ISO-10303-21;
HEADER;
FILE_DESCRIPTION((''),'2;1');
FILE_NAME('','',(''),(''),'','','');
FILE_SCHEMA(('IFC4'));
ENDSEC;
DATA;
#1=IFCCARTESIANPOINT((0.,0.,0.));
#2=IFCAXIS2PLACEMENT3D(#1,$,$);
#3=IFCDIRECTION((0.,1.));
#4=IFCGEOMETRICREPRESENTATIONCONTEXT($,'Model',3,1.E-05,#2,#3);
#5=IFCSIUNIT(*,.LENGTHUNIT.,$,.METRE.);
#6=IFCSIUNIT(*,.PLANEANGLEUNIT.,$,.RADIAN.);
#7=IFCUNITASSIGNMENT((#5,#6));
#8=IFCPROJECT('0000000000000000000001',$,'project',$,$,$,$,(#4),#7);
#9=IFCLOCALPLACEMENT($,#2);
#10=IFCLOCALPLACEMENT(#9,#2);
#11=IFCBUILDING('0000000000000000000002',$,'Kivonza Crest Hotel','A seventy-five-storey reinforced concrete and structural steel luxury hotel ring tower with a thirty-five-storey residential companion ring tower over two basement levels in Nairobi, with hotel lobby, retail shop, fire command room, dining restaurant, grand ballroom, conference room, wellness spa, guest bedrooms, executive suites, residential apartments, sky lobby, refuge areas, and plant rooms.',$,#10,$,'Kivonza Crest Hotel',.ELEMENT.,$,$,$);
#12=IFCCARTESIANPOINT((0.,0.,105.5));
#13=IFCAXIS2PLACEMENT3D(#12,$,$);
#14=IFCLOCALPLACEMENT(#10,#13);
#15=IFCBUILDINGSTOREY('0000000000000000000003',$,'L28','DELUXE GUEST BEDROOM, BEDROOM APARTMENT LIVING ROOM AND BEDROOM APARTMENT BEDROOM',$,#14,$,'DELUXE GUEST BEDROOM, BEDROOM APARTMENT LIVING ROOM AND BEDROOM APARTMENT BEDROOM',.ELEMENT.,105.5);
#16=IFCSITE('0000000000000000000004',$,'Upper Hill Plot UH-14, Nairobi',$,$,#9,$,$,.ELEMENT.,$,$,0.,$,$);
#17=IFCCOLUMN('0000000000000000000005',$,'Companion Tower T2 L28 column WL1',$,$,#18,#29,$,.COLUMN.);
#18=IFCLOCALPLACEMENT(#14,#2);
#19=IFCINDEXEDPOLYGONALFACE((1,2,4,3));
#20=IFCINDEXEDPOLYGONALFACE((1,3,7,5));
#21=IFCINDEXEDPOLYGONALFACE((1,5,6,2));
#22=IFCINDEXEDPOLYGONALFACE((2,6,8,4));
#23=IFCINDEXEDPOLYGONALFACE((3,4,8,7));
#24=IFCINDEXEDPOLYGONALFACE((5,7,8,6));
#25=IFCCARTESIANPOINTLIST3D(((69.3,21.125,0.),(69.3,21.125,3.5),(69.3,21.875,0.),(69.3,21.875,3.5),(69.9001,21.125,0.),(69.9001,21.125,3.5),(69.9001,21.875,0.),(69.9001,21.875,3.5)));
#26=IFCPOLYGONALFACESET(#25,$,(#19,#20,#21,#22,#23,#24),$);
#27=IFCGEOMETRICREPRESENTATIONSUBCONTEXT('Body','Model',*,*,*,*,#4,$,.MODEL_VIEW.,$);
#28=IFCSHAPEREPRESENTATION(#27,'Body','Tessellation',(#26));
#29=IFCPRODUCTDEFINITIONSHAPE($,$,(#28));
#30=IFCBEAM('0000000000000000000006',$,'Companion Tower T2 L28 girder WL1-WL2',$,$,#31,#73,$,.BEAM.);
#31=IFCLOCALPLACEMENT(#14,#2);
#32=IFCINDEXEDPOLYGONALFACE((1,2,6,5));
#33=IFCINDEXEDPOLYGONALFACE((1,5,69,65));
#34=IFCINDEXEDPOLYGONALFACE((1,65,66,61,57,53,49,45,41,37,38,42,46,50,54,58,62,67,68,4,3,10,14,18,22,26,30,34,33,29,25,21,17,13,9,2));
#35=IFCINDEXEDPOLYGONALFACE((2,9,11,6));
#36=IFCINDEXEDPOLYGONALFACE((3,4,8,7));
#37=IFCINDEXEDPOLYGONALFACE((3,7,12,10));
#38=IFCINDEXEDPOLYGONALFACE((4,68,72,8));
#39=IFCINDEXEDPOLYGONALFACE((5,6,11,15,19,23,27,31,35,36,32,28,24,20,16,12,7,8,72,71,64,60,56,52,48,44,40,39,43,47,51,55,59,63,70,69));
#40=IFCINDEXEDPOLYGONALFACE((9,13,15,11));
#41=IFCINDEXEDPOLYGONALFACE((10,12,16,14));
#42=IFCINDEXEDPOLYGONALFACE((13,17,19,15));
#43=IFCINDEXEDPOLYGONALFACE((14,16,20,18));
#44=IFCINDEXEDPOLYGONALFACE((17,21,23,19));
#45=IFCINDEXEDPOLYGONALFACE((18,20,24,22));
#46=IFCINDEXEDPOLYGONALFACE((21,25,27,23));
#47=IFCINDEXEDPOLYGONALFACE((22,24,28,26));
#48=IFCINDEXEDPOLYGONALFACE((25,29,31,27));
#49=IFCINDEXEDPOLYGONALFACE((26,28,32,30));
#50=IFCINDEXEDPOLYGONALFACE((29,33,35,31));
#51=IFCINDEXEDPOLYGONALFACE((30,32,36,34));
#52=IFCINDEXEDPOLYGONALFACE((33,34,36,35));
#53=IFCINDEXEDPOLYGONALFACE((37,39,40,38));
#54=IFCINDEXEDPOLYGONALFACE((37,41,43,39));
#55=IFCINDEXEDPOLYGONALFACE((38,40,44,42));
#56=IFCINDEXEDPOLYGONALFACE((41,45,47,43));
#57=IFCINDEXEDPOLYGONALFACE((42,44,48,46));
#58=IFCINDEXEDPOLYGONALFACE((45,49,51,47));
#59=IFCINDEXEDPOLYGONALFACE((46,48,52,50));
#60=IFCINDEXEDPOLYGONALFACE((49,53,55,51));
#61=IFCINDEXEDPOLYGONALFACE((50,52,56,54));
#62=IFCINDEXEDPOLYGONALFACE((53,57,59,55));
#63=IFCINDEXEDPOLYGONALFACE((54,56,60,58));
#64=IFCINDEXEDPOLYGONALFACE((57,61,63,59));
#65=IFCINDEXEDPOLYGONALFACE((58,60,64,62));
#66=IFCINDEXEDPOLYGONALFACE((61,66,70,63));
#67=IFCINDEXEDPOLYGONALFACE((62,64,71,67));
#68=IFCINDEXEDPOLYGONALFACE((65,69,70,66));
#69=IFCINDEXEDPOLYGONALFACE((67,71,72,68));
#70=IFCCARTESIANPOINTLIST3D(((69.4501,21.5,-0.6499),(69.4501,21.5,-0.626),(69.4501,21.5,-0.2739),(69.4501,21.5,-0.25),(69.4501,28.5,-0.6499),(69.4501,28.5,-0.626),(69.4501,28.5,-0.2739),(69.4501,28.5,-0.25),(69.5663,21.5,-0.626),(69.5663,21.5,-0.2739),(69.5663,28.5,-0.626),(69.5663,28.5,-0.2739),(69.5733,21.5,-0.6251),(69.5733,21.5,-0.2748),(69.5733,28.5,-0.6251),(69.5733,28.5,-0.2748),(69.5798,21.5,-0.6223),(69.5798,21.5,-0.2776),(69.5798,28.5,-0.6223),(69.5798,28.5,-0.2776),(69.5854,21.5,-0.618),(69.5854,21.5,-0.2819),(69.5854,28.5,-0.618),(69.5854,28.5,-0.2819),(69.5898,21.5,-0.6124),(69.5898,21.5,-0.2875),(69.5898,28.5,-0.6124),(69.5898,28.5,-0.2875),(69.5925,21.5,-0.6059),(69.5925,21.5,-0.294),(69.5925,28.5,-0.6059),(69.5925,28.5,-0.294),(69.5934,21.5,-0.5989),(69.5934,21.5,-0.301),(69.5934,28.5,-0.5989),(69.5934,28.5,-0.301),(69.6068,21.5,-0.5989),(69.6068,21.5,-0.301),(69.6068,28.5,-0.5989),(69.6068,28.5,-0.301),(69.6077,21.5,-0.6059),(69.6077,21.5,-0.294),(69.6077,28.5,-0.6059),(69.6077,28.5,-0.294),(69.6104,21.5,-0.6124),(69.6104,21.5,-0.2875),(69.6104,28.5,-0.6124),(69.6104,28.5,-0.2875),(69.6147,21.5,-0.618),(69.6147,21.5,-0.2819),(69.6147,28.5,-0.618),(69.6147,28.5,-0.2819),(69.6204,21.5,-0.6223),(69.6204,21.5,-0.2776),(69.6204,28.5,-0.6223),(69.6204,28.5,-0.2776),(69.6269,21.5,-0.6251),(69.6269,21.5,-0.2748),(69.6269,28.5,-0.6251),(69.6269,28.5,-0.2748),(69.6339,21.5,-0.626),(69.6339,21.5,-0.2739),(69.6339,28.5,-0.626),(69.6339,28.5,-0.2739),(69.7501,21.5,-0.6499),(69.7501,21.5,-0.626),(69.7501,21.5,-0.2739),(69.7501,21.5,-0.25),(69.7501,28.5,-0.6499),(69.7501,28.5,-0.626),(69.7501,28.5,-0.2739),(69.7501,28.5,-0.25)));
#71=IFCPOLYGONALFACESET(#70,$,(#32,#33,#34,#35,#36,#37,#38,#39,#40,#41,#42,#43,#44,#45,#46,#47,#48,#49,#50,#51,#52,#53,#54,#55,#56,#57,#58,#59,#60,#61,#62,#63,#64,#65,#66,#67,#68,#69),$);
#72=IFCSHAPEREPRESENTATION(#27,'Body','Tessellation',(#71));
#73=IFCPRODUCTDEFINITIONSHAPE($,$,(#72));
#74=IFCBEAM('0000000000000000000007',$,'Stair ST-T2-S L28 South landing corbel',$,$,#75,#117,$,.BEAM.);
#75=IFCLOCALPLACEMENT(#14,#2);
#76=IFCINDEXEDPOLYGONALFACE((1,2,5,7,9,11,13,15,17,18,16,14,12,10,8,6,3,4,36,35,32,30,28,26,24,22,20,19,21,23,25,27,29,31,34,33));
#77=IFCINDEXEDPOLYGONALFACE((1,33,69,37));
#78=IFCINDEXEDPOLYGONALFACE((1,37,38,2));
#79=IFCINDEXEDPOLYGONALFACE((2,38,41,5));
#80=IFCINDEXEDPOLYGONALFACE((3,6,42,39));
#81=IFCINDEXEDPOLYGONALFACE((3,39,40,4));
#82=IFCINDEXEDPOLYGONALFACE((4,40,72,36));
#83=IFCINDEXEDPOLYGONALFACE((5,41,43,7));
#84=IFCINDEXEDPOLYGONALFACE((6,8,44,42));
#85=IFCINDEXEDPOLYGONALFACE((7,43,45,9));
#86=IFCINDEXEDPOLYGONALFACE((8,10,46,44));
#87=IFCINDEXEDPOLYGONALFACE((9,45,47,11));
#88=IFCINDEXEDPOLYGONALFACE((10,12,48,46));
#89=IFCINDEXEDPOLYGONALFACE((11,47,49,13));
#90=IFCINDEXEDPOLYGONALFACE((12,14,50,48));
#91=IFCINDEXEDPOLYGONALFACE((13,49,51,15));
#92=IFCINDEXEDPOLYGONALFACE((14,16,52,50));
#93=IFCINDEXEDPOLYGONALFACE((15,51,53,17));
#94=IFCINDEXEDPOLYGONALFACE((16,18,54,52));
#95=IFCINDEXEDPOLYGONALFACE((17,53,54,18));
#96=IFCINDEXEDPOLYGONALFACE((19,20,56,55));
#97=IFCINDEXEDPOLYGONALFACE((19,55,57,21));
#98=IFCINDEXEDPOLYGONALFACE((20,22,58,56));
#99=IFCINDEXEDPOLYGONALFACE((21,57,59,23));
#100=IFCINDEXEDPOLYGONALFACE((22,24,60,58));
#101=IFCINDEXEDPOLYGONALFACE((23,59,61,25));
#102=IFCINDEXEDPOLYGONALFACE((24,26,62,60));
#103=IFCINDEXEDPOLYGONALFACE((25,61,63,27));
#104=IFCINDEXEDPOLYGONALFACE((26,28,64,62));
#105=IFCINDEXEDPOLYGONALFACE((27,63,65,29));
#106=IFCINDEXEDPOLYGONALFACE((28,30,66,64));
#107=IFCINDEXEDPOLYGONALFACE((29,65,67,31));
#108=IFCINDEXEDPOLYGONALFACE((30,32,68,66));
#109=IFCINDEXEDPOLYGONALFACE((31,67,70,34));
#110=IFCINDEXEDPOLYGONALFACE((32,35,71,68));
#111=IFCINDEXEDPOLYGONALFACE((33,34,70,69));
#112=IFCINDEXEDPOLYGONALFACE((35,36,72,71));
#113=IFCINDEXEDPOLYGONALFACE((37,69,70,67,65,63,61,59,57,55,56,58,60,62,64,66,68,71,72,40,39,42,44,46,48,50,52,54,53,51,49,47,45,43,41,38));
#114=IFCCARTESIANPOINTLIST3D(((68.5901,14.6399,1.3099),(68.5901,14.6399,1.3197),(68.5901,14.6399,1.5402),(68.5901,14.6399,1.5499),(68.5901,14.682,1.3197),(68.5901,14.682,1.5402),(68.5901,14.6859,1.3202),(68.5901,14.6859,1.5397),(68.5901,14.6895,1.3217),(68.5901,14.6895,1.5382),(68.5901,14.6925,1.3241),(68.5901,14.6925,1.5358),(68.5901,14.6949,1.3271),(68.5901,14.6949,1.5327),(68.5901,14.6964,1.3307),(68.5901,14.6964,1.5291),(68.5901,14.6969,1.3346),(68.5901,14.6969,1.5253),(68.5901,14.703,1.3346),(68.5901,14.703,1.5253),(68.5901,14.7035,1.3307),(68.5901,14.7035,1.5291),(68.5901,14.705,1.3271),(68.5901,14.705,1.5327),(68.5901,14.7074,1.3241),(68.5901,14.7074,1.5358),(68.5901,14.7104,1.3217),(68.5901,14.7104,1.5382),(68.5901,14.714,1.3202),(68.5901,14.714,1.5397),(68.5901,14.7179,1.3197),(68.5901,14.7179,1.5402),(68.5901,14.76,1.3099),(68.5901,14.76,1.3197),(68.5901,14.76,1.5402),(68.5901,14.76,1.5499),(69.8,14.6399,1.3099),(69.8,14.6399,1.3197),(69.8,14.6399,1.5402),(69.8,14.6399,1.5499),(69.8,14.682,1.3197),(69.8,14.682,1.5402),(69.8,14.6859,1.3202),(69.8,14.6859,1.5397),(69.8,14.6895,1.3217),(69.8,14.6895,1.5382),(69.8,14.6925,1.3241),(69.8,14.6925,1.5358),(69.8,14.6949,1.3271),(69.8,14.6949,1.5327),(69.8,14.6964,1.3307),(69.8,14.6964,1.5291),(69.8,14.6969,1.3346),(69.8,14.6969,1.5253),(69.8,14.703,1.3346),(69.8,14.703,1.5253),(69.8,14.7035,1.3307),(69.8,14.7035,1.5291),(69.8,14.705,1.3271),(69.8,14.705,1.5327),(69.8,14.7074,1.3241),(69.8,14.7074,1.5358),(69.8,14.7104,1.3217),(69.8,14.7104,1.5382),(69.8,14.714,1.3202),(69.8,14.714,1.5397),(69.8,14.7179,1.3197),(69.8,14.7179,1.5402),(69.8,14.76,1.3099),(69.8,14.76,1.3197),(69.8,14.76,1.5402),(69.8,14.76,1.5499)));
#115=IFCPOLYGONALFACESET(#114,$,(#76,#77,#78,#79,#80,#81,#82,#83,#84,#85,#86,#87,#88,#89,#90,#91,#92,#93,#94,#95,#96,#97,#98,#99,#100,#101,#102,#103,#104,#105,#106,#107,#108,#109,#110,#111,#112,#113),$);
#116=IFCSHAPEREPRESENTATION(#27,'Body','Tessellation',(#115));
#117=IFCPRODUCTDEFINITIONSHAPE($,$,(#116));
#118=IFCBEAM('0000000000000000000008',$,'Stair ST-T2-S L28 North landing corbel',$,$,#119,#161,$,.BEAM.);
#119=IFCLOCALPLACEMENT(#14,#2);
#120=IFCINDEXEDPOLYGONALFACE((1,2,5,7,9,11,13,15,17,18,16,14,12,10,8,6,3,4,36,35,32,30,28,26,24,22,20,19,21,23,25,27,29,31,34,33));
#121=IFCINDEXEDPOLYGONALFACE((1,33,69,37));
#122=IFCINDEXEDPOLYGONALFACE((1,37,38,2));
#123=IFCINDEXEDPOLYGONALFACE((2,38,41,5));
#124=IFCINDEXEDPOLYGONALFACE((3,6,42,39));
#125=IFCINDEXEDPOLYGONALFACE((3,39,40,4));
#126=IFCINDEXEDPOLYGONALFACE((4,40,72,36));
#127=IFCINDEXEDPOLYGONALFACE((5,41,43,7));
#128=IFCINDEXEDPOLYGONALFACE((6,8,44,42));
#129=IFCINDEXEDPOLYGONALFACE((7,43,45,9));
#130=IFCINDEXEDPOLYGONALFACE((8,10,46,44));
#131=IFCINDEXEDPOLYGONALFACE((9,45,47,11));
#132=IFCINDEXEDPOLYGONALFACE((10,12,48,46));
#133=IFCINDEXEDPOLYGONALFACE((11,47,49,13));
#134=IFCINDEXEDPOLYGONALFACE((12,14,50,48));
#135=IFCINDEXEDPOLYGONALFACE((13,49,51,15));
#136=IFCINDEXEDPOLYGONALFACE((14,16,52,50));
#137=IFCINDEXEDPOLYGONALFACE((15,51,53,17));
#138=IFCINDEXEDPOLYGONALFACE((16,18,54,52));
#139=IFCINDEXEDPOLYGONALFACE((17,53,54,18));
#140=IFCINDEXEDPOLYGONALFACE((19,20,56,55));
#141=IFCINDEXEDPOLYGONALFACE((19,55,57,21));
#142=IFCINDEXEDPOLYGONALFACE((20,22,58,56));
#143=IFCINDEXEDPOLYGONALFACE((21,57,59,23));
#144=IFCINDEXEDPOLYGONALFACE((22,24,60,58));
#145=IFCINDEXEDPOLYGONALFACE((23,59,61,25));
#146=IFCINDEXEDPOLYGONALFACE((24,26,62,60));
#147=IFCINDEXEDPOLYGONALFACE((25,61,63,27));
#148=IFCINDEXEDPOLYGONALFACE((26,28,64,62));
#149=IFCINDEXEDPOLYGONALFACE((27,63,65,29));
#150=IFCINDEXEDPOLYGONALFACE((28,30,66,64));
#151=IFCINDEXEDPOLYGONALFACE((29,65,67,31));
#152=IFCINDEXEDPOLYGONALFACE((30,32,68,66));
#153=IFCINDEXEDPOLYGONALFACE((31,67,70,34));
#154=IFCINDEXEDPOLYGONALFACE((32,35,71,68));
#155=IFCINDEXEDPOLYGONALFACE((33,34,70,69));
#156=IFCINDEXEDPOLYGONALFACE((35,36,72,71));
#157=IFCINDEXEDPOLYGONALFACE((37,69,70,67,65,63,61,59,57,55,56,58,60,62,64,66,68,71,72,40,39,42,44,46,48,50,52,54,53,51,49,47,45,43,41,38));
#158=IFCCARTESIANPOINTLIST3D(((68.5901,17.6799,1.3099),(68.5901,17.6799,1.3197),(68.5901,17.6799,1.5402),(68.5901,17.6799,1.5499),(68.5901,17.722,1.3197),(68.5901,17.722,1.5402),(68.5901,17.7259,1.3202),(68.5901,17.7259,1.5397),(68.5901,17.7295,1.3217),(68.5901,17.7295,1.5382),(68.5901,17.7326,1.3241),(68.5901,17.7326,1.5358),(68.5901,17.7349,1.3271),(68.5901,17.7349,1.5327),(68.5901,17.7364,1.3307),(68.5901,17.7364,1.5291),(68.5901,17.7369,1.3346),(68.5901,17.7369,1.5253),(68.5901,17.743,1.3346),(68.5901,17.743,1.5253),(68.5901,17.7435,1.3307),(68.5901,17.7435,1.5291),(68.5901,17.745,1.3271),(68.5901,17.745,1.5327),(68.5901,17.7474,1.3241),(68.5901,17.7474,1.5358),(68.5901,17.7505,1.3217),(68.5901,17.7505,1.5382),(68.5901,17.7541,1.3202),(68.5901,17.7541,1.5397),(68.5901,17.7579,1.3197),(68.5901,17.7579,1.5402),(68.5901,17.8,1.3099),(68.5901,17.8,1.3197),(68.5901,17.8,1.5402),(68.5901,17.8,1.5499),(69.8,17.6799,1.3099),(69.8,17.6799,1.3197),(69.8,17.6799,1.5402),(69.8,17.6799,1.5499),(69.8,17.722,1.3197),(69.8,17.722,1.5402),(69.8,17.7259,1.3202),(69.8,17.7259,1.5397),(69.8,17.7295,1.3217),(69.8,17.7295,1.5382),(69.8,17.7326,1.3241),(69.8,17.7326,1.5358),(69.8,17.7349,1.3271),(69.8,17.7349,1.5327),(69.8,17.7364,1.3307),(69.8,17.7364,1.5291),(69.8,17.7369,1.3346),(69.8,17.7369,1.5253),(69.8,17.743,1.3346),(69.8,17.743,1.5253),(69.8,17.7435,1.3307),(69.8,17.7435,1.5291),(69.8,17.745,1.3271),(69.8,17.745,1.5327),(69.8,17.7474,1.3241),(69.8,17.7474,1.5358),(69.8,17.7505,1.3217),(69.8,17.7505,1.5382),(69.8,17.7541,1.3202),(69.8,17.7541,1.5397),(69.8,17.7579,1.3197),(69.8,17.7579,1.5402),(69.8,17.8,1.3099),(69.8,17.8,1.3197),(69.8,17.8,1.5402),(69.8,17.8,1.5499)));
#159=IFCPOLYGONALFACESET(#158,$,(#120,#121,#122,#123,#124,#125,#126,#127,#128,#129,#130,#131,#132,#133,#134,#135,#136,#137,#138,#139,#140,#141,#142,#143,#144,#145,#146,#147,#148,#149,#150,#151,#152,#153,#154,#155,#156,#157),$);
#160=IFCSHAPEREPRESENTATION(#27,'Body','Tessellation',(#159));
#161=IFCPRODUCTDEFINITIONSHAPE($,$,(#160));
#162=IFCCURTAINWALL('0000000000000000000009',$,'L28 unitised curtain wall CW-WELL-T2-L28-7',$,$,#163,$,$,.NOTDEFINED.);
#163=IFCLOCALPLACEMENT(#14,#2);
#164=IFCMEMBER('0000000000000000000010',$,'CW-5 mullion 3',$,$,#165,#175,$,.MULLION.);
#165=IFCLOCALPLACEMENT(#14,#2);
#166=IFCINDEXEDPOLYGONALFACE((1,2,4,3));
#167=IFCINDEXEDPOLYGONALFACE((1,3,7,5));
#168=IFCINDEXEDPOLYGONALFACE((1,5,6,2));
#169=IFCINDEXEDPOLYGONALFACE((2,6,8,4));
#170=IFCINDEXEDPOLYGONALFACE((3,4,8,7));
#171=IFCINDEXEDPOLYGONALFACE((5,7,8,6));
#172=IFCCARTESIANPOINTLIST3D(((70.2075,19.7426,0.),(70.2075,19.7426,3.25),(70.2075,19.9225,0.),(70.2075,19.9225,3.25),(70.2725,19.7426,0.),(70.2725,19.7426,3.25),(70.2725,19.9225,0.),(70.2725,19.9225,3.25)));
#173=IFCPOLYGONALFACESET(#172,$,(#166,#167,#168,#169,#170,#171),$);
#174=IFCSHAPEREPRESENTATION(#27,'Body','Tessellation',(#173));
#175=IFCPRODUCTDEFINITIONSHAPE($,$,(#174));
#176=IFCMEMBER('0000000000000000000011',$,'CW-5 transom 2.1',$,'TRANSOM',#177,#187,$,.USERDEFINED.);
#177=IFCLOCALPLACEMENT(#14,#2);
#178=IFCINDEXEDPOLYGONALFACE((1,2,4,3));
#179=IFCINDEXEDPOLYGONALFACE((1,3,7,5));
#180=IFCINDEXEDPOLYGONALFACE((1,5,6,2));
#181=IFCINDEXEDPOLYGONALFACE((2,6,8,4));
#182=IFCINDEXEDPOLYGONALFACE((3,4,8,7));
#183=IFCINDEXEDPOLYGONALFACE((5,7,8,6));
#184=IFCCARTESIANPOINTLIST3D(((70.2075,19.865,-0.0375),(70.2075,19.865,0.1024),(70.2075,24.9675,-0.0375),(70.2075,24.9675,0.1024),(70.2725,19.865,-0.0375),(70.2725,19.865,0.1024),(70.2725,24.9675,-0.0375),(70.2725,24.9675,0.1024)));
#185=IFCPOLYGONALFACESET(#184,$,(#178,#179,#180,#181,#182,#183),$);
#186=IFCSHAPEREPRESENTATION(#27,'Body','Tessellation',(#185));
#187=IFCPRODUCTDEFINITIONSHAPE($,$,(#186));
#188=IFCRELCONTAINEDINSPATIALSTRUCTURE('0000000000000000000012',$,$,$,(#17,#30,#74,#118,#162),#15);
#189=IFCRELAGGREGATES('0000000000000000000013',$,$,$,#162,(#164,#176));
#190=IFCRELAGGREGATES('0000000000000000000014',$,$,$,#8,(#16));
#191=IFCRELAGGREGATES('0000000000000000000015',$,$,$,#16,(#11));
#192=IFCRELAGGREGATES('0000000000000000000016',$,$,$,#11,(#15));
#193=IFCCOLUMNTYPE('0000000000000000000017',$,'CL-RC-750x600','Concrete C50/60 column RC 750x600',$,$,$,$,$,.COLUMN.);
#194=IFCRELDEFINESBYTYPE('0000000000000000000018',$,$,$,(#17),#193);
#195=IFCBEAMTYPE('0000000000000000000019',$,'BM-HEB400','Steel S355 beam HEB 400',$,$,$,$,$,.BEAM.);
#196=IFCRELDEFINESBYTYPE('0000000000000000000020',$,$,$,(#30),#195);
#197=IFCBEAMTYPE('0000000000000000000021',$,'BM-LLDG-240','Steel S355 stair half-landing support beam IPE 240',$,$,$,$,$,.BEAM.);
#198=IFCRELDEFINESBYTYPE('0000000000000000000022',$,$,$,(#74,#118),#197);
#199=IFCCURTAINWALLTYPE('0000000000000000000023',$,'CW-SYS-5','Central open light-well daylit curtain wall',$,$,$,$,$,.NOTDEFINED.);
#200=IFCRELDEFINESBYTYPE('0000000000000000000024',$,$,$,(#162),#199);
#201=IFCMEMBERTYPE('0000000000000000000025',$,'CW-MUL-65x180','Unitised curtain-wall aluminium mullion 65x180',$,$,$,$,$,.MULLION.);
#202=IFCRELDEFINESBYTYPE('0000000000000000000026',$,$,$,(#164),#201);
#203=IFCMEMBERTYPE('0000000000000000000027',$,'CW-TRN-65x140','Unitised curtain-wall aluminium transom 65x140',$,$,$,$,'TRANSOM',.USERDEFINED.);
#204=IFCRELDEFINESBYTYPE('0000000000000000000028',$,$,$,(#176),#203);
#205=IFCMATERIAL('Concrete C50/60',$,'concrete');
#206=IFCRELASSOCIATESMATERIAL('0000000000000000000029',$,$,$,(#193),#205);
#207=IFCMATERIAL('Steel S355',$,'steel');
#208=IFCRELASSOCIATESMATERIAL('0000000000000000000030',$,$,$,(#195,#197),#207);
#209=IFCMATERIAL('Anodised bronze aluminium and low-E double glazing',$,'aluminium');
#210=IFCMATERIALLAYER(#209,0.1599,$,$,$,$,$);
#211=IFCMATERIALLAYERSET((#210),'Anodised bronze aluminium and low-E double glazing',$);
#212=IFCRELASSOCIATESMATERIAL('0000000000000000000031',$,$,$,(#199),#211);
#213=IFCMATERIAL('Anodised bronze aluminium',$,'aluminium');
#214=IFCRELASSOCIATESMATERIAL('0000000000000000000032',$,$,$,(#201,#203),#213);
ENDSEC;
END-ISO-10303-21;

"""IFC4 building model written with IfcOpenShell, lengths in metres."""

from ifc_helpers import new_model, si_unit, direction, frame, origin, origin_2d, place, context, subcontext, project, spatial, rectangle, i_section, extrude, material, layer, layer_set, material_profile, profile_set, type_object, element, aggregate, save


model = new_model("IFC4")

# Units and contexts
model_context = context("Model", 3, precision=1e-05, world=origin(), true_north=direction((0.0, 1.0)))
body_context = subcontext(model_context, "Body", "Model", "MODEL_VIEW")
ifc_project = project(units=[si_unit("LENGTHUNIT", "METRE"), si_unit("PLANEANGLEUNIT", "RADIAN")], contexts=[model_context])

# Site, building, storey
site_placement = place(None, origin())
site = spatial("IfcSite", under=ifc_project, at=site_placement, Name="Upper Hill Plot UH-14, Nairobi", CompositionType="ELEMENT", RefElevation=0.0)
building_placement = place(site_placement, origin())
building = spatial("IfcBuilding", under=site, at=building_placement, Name="Kivonza Crest Hotel", Description="A seventy-five-storey reinforced concrete and structural steel luxury hotel ring tower with a thirty-five-storey residential companion ring tower over two basement levels in Nairobi, with hotel lobby, retail shop, fire command room, dining restaurant, grand ballroom, conference room, wellness spa, guest bedrooms, executive suites, residential apartments, sky lobby, refuge areas, and plant rooms.", LongName="Kivonza Crest Hotel", CompositionType="ELEMENT")
storey_placement = place(building_placement, frame((0.0, 0.0, 105.5)))
storey = spatial("IfcBuildingStorey", under=building, at=storey_placement, Name="L28", Description="DELUXE GUEST BEDROOM, BEDROOM APARTMENT LIVING ROOM AND BEDROOM APARTMENT BEDROOM", LongName="DELUXE GUEST BEDROOM, BEDROOM APARTMENT LIVING ROOM AND BEDROOM APARTMENT BEDROOM", CompositionType="ELEMENT", Elevation=105.5)

# Column
ifc_material_1 = material(Name="Concrete C50/60", Category="concrete")
ifc_material_profile_1 = material_profile(ifc_material_1, rectangle(XDim=0.6001, YDim=0.75, at=origin_2d()), Name="RC 750x600")
ifc_profile_set_1 = profile_set([ifc_material_profile_1], Name="Concrete C50/60")
column_type = type_object("IfcColumnType", Name="CL-RC-750x600", Description="Concrete C50/60 column RC 750x600", PredefinedType="COLUMN", material=ifc_profile_set_1)
column_placement = place(storey_placement, frame((69.6001, 21.5, 0.0), z_axis=(0.0, 0.0, 1.0), x_axis=(1.0, 0.0, 0.0)))
element("IfcColumn", 1, at=column_placement, inside=storey, type_object=column_type, Name="Companion Tower T2 L28 column WL1", PredefinedType="COLUMN", context=body_context, shape_type="SweptSolid", body=[
    extrude(rectangle(XDim=0.6001, YDim=0.75, at=origin_2d()), origin(), (0.0, 0.0, 1.0), 3.5),
])

# Beams
ifc_material_2 = material(Name="Steel S355", Category="steel")
ifc_material_profile_2 = material_profile(ifc_material_2, i_section(OverallWidth=0.3, OverallDepth=0.3999, WebThickness=0.0134, FlangeThickness=0.0239, FilletRadius=0.0271, at=origin_2d()), Name="HEB 400")
ifc_profile_set_2 = profile_set([ifc_material_profile_2], Name="Steel S355")
beam_type_1 = type_object("IfcBeamType", Name="BM-HEB400", Description="Steel S355 beam HEB 400", PredefinedType="BEAM", material=ifc_profile_set_2)
beam_placement = place(storey_placement, frame((69.6001, 21.5, -0.45), z_axis=(0.0, 1.0, 0.0), x_axis=(-1.0, 0.0, 0.0)))
element("IfcBeam", 2, at=beam_placement, inside=storey, type_object=beam_type_1, Name="Companion Tower T2 L28 girder WL1-WL2", PredefinedType="BEAM", context=body_context, shape_type="SweptSolid", body=[
    extrude(i_section(OverallWidth=0.3, OverallDepth=0.3999, WebThickness=0.0134, FlangeThickness=0.0239, FilletRadius=0.0271, at=origin_2d()), origin(), (0.0, 0.0, 1.0), 7.0),
])
ifc_material_profile_3 = material_profile(ifc_material_2, i_section(OverallWidth=0.1201, OverallDepth=0.24, WebThickness=0.0061, FlangeThickness=0.0098, FilletRadius=0.0149, at=origin_2d()), Name="IPE 240")
ifc_profile_set_3 = profile_set([ifc_material_profile_3], Name="Steel S355")
beam_type_2 = type_object("IfcBeamType", Name="BM-LLDG-240", Description="Steel S355 stair half-landing support beam IPE 240", PredefinedType="BEAM", material=ifc_profile_set_3)
for number, where, z_axis, x_axis, name in (
    (3, (68.5901, 14.7, 1.4299), (1.0, 0.0, 0.0), (0.0, 1.0, 0.0), "Stair ST-T2-S L28 South landing corbel"),
    (4, (68.5901, 17.74, 1.4299), (1.0, 0.0, 0.0), (0.0, 1.0, 0.0), "Stair ST-T2-S L28 North landing corbel"),
):
    element("IfcBeam", number, at=place(storey_placement, frame(where, z_axis=z_axis, x_axis=x_axis)), inside=storey, type_object=beam_type_2, Name=name, PredefinedType="BEAM", context=body_context, shape_type="SweptSolid", body=[
        extrude(i_section(OverallWidth=0.1201, OverallDepth=0.24, WebThickness=0.0061, FlangeThickness=0.0098, FilletRadius=0.0149, at=origin_2d()), origin(), (0.0, 0.0, 1.0), 1.21),
    ])

# Curtain wall, members
ifc_material_3 = material(Name="Anodised bronze aluminium and low-E double glazing", Category="aluminium")
ifc_layer_1 = layer(ifc_material_3, 0.1599)
ifc_layer_set_1 = layer_set([ifc_layer_1], Name="Anodised bronze aluminium and low-E double glazing")
curtain_wall_type = type_object("IfcCurtainWallType", Name="CW-SYS-5", Description="Central open light-well daylit curtain wall", PredefinedType="NOTDEFINED", material=ifc_layer_set_1)
curtain_wall_placement = place(storey_placement, origin())
curtain_wall = element("IfcCurtainWall", 5, at=curtain_wall_placement, inside=storey, type_object=curtain_wall_type, Name="L28 unitised curtain wall CW-WELL-T2-L28-7", PredefinedType="NOTDEFINED")
ifc_material_4 = material(Name="Anodised bronze aluminium", Category="aluminium")
ifc_material_profile_4 = material_profile(ifc_material_4, rectangle(XDim=0.0649, YDim=0.1799, at=origin_2d()), Name="CW-M 65x180")
ifc_profile_set_4 = profile_set([ifc_material_profile_4], Name="Anodised bronze aluminium")
member_type_1 = type_object("IfcMemberType", Name="CW-MUL-65x180", Description="Unitised curtain-wall aluminium mullion 65x180", PredefinedType="MULLION", material=ifc_profile_set_4)
member_1_placement = place(storey_placement, frame((70.24, 19.8325, 0.0), z_axis=(0.0, 0.0, 1.0), x_axis=(1.0, 0.0, 0.0)))
member_1 = element("IfcMember", 6, at=member_1_placement, type_object=member_type_1, Name="CW-5 mullion 3", PredefinedType="MULLION", context=body_context, shape_type="SweptSolid", body=[
    extrude(rectangle(XDim=0.0649, YDim=0.1799, at=origin_2d()), origin(), (0.0, 0.0, 1.0), 3.25),
])
ifc_material_profile_5 = material_profile(ifc_material_4, rectangle(XDim=0.0649, YDim=0.1399, at=origin_2d()), Name="CW-T 65x140")
ifc_profile_set_5 = profile_set([ifc_material_profile_5], Name="Anodised bronze aluminium")
member_type_2 = type_object("IfcMemberType", Name="CW-TRN-65x140", Description="Unitised curtain-wall aluminium transom 65x140", ElementType="TRANSOM", PredefinedType="USERDEFINED", material=ifc_profile_set_5)
member_2_placement = place(storey_placement, frame((70.24, 24.9675, 0.0325), z_axis=(0.0, -1.0, 0.0), x_axis=(1.0, 0.0, 0.0)))
member_2 = element("IfcMember", 7, at=member_2_placement, type_object=member_type_2, Name="CW-5 transom 2.1", ObjectType="TRANSOM", PredefinedType="USERDEFINED", context=body_context, shape_type="SweptSolid", body=[
    extrude(rectangle(XDim=0.0649, YDim=0.1399, at=origin_2d()), origin(), (0.0, 0.0, 1.0), 5.1025),
])
aggregate(curtain_wall, [member_1, member_2])

save(model, "model.ifc")
